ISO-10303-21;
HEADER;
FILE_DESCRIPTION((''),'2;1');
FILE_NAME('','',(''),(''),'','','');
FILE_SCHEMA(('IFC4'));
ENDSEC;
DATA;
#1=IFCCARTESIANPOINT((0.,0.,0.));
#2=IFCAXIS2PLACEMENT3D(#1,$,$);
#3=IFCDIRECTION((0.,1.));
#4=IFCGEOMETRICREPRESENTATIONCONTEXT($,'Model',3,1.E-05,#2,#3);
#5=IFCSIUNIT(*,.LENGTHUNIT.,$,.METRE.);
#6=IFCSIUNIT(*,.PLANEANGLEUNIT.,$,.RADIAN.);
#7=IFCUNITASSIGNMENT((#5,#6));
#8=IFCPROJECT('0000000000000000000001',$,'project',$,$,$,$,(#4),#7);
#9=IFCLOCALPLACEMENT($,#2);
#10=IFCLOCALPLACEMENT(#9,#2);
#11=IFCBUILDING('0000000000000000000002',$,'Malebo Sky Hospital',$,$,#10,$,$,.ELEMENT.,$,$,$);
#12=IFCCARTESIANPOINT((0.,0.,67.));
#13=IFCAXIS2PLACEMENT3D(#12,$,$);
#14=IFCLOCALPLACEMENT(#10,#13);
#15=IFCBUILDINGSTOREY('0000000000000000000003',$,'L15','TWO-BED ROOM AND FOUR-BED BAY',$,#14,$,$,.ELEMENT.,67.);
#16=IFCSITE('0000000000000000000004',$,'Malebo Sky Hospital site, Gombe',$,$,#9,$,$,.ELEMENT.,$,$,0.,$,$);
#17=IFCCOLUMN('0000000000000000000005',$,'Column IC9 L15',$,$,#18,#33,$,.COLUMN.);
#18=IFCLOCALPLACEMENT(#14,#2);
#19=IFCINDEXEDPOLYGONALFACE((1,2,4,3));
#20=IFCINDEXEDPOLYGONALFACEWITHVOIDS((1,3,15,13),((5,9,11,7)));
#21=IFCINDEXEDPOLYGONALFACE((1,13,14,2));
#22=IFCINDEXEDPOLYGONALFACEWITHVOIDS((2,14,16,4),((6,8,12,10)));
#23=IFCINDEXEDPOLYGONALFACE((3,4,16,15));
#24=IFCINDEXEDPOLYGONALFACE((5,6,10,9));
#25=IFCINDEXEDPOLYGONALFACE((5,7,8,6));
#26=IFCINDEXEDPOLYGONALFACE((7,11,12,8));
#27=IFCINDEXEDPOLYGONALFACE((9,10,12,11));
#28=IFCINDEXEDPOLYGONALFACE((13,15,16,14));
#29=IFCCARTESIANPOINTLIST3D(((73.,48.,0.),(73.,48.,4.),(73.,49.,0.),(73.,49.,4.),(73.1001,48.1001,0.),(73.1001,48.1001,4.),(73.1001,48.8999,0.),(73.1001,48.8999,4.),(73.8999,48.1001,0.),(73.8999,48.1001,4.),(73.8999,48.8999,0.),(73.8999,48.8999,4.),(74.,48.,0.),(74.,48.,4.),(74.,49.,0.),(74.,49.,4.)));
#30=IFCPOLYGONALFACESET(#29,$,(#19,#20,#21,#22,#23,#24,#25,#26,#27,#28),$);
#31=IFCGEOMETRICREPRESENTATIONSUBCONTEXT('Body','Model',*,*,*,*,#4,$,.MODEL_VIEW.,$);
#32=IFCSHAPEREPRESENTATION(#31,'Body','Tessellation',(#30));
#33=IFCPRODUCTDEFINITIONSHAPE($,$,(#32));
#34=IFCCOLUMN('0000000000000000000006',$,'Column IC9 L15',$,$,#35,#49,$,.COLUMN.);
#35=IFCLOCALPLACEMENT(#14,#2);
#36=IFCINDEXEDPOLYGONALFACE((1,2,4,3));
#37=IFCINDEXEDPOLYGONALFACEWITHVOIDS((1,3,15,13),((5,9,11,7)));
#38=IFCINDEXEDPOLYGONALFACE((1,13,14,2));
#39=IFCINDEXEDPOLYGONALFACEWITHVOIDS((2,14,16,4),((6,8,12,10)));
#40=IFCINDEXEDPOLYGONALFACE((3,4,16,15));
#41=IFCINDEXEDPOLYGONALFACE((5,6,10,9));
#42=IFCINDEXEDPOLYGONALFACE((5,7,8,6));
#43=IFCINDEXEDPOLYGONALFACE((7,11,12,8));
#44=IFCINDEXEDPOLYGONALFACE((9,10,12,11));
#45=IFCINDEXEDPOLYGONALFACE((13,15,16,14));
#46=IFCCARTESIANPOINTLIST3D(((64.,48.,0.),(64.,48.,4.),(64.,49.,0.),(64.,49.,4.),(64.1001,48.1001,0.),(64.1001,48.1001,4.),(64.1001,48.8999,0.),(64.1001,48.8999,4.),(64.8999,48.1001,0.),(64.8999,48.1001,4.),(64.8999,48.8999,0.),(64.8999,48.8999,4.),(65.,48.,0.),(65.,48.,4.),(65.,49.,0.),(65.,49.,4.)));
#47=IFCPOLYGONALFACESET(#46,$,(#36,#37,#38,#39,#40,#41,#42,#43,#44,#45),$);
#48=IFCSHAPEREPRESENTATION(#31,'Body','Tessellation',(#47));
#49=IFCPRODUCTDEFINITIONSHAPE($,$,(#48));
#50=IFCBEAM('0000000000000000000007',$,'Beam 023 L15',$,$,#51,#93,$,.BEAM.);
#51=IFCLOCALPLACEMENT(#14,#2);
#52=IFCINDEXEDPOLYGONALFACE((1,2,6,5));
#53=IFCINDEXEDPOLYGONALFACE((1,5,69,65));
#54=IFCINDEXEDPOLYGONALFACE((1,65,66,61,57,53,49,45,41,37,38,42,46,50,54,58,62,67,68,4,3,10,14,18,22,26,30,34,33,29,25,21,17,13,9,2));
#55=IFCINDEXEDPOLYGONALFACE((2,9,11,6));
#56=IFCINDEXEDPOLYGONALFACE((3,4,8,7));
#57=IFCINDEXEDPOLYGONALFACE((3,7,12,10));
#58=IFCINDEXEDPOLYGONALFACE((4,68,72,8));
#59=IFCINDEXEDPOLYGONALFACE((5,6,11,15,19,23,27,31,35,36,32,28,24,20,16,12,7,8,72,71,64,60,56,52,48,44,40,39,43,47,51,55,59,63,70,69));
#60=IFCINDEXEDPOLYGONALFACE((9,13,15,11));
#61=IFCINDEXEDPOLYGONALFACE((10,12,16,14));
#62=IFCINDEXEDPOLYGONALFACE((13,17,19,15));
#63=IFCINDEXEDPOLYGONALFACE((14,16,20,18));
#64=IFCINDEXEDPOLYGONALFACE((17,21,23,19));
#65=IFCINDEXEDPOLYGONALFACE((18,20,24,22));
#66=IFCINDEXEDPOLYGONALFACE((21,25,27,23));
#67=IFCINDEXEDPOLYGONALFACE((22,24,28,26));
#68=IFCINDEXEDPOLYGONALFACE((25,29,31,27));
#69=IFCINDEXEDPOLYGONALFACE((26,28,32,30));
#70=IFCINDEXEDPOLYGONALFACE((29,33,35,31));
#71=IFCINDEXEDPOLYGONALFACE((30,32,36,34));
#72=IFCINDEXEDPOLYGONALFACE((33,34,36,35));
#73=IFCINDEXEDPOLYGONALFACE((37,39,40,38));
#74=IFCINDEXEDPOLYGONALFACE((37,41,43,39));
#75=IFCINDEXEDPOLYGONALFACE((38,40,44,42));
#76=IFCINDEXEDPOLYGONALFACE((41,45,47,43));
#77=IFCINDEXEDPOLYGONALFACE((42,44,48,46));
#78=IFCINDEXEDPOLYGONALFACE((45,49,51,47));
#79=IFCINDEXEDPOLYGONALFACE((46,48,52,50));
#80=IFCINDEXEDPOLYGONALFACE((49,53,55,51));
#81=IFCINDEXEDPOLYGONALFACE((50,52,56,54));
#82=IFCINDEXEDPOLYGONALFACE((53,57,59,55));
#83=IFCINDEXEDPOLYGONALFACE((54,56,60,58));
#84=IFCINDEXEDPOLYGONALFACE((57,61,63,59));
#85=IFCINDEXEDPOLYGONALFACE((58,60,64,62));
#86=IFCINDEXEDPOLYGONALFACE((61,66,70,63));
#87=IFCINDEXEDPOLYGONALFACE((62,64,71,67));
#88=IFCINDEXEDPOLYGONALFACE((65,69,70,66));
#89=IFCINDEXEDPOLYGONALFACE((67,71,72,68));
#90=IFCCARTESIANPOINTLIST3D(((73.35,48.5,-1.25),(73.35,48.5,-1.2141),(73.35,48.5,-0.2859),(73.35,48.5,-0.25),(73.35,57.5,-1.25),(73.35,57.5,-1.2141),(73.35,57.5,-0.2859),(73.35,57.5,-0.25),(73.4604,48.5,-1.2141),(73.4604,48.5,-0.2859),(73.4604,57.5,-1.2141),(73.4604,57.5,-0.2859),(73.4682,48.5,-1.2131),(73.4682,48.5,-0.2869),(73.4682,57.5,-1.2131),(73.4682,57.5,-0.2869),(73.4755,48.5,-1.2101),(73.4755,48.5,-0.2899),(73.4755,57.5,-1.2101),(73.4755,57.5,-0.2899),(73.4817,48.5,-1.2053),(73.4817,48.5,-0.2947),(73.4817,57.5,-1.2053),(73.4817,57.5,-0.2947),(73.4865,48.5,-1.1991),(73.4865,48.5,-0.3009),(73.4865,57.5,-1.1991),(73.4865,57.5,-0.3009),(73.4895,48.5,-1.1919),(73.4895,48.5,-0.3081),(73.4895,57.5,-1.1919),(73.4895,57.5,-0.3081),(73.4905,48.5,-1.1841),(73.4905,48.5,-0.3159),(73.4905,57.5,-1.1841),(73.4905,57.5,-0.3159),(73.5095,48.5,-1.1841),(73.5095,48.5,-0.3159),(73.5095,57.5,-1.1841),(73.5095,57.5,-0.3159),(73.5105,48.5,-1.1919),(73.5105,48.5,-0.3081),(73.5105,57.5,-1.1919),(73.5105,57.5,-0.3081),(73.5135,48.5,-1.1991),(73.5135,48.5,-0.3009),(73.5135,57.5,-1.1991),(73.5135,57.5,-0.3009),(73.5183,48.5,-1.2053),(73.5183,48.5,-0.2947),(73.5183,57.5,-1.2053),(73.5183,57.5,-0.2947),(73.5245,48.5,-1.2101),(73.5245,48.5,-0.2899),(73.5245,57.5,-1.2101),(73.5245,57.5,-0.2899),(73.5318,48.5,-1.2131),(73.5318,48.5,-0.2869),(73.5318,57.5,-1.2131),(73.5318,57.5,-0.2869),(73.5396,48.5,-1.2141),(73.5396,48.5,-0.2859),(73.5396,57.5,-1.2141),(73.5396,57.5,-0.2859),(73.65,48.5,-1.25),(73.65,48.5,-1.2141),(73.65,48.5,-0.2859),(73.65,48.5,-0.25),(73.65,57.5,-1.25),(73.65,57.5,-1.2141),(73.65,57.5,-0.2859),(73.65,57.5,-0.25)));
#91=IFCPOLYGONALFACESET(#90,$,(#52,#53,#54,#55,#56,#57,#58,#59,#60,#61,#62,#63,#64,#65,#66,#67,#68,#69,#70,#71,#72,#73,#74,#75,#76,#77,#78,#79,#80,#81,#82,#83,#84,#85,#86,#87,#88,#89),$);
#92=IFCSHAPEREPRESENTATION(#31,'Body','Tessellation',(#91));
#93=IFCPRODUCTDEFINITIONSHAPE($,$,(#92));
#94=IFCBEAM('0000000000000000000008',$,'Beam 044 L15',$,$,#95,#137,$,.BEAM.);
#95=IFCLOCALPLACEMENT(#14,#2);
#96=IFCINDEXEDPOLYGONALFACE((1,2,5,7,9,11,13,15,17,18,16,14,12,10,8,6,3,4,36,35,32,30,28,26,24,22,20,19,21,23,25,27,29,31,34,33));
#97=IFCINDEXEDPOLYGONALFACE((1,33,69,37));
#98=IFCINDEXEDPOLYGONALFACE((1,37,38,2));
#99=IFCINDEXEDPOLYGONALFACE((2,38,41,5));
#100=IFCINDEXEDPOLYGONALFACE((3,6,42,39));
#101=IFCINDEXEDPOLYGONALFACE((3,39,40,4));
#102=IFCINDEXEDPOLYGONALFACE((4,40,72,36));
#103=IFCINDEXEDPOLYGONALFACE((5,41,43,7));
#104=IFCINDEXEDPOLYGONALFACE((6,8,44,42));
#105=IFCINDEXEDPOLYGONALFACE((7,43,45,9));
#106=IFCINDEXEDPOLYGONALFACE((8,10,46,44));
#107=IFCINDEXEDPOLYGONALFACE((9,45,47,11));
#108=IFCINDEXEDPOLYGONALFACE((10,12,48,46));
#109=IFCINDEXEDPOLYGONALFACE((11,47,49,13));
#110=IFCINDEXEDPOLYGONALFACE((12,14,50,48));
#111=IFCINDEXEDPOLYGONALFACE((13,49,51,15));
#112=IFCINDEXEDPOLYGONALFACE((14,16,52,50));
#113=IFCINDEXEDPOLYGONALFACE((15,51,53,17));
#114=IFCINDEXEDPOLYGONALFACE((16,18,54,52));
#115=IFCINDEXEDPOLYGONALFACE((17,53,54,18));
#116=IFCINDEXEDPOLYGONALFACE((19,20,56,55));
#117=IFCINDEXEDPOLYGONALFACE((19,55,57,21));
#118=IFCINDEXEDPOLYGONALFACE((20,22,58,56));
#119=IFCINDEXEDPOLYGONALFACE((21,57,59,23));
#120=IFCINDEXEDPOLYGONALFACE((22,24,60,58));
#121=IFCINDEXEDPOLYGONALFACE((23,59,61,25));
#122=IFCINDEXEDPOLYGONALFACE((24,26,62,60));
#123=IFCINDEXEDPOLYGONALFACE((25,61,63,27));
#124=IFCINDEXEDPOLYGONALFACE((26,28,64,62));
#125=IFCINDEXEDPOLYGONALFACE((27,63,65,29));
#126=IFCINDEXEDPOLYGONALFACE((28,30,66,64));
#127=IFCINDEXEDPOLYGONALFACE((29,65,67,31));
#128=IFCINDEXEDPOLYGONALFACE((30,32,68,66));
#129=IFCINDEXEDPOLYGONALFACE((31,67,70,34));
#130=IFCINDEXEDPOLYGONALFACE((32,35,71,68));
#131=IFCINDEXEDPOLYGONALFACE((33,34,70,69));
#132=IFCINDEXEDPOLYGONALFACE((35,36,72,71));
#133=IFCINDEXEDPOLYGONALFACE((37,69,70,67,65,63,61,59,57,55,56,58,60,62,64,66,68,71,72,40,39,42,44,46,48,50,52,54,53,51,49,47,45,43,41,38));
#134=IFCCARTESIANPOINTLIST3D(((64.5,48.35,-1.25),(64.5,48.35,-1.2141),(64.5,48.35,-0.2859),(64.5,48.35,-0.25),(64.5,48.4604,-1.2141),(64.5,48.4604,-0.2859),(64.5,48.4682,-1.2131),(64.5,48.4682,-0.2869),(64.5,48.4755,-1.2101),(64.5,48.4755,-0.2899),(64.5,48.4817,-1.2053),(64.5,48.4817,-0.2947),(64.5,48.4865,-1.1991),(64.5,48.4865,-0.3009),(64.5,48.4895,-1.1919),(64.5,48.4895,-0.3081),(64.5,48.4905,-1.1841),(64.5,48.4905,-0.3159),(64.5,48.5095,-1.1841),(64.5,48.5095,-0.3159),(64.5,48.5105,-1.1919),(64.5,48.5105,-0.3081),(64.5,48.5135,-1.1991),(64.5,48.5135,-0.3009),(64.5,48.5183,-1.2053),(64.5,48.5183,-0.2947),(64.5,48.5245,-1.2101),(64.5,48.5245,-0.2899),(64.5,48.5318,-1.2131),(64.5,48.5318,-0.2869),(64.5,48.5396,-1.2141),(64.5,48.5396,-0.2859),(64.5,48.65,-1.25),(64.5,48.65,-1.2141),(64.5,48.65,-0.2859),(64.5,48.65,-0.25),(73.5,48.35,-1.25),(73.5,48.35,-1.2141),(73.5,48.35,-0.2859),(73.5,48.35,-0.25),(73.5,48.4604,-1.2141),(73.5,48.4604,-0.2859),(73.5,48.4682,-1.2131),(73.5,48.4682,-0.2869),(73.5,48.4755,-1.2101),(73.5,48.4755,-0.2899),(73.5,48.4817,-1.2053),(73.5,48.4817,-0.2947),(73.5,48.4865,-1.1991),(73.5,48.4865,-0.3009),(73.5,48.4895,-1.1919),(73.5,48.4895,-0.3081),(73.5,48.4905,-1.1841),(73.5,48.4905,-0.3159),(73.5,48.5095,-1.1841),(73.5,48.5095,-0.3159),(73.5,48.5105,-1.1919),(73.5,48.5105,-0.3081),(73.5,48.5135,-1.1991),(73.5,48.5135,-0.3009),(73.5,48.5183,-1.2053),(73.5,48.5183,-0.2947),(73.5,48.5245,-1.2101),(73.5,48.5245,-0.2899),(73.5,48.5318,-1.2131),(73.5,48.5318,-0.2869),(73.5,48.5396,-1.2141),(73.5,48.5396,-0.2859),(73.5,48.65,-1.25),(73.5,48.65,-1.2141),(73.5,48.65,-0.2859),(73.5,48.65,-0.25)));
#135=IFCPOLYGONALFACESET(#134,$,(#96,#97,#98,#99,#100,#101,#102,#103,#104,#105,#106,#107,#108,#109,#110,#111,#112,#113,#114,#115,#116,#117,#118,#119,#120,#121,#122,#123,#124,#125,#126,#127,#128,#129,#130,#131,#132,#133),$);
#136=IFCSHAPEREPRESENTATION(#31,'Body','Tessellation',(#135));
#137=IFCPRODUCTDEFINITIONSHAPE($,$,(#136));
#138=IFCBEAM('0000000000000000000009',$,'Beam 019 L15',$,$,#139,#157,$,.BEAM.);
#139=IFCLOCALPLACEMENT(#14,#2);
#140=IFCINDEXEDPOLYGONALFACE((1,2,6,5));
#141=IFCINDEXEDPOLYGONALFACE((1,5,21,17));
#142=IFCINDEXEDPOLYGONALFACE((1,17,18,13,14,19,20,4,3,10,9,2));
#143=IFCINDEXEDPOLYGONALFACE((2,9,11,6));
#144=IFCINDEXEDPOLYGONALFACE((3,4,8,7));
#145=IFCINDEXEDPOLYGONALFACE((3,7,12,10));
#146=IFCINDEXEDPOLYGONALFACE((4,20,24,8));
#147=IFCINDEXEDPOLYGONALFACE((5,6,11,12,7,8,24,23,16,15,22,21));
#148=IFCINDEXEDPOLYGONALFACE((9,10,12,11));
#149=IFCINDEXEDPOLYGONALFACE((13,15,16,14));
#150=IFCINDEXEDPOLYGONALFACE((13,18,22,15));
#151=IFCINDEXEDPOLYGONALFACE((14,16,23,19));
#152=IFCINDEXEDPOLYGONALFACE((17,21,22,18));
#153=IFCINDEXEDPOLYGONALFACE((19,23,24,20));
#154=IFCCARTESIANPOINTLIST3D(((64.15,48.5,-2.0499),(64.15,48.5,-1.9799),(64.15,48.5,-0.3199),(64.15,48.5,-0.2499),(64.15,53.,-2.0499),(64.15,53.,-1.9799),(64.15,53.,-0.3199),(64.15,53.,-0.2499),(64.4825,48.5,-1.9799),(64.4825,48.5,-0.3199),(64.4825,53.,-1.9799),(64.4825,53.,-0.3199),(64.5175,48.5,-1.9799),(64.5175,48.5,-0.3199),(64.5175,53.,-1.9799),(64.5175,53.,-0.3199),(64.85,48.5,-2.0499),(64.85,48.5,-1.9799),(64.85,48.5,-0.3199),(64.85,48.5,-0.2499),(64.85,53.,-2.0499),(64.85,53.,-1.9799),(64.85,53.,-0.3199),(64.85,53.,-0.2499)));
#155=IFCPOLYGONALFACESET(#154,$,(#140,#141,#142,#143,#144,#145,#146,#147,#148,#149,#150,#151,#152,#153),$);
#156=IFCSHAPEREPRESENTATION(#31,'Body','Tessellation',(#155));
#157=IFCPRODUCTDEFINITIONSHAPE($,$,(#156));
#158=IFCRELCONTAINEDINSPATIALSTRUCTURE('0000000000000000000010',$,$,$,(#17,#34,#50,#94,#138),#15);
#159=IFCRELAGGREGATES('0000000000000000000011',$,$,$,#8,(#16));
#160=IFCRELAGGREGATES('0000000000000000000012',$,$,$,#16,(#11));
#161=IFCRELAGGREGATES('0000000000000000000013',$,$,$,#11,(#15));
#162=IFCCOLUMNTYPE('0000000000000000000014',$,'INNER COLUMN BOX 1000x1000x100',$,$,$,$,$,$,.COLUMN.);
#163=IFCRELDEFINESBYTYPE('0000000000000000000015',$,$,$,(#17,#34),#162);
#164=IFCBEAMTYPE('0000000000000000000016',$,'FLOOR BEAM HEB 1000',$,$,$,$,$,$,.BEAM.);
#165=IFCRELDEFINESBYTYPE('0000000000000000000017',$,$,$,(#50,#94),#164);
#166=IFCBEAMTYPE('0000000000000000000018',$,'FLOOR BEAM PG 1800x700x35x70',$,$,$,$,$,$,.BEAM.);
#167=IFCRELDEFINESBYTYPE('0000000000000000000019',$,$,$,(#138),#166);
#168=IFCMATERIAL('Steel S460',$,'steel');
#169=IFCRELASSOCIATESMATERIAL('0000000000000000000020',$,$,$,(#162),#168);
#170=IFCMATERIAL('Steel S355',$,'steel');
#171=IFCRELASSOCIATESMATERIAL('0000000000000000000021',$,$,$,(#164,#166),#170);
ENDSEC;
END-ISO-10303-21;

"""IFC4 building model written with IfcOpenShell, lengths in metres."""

from ifc_helpers import new_model, si_unit, direction, frame, origin, origin_2d, place, context, subcontext, project, spatial, hollow_rectangle, i_section, extrude, material, material_profile, profile_set, type_object, element, save


model = new_model("IFC4")

# Units and contexts
model_context = context("Model", 3, precision=1e-05, world=origin(), true_north=direction((0.0, 1.0)))
body_context = subcontext(model_context, "Body", "Model", "MODEL_VIEW")
ifc_project = project(units=[si_unit("LENGTHUNIT", "METRE"), si_unit("PLANEANGLEUNIT", "RADIAN")], contexts=[model_context])

# Site, building, storey
site_placement = place(None, origin())
site = spatial("IfcSite", under=ifc_project, at=site_placement, Name="Malebo Sky Hospital site, Gombe", CompositionType="ELEMENT", RefElevation=0.0)
building_placement = place(site_placement, origin())
building = spatial("IfcBuilding", under=site, at=building_placement, Name="Malebo Sky Hospital", CompositionType="ELEMENT")
storey_placement = place(building_placement, frame((0.0, 0.0, 67.0)))
storey = spatial("IfcBuildingStorey", under=building, at=storey_placement, Name="L15", Description="TWO-BED ROOM AND FOUR-BED BAY", CompositionType="ELEMENT", Elevation=67.0)

# Columns
ifc_material_1 = material(Name="Steel S460", Category="steel")
ifc_material_profile_1 = material_profile(ifc_material_1, hollow_rectangle(XDim=1.0, YDim=1.0, WallThickness=0.1001, at=origin_2d()), Name="BOX 1000x1000x100")
ifc_profile_set_1 = profile_set([ifc_material_profile_1], Name="Steel S460")
column_type = type_object("IfcColumnType", Name="INNER COLUMN BOX 1000x1000x100", PredefinedType="COLUMN", material=ifc_profile_set_1)
for number, where, z_axis, x_axis, name in (
    (1, (73.5, 48.5, 0.0), (0.0, 0.0, 1.0), (1.0, 0.0, 0.0), "Column IC9 L15"),
    (2, (64.5, 48.5, 0.0), (0.0, 0.0, 1.0), (1.0, 0.0, 0.0), "Column IC9 L15"),
):
    element("IfcColumn", number, at=place(storey_placement, frame(where, z_axis=z_axis, x_axis=x_axis)), inside=storey, type_object=column_type, Name=name, PredefinedType="COLUMN", context=body_context, shape_type="SweptSolid", body=[
        extrude(hollow_rectangle(XDim=1.0, YDim=1.0, WallThickness=0.1001, at=origin_2d()), origin(), (0.0, 0.0, 1.0), 4.0),
    ])

# Beams
ifc_material_2 = material(Name="Steel S355", Category="steel")
ifc_material_profile_2 = material_profile(ifc_material_2, i_section(OverallWidth=0.3, OverallDepth=1.0, WebThickness=0.019, FlangeThickness=0.0359, FilletRadius=0.03, at=origin_2d()), Name="HEB 1000")
ifc_profile_set_2 = profile_set([ifc_material_profile_2], Name="Steel S355")
beam_type_1 = type_object("IfcBeamType", Name="FLOOR BEAM HEB 1000", PredefinedType="BEAM", material=ifc_profile_set_2)
for number, where, z_axis, x_axis, name in (
    (3, (73.5, 48.5, -0.75), (0.0, 1.0, 0.0), (-1.0, 0.0, 0.0), "Beam 023 L15"),
    (4, (64.5, 48.5, -0.75), (1.0, 0.0, 0.0), (0.0, 1.0, 0.0), "Beam 044 L15"),
):
    element("IfcBeam", number, at=place(storey_placement, frame(where, z_axis=z_axis, x_axis=x_axis)), inside=storey, type_object=beam_type_1, Name=name, PredefinedType="BEAM", context=body_context, shape_type="SweptSolid", body=[
        extrude(i_section(OverallWidth=0.3, OverallDepth=1.0, WebThickness=0.019, FlangeThickness=0.0359, FilletRadius=0.03, at=origin_2d()), origin(), (0.0, 0.0, 1.0), 9.0),
    ])
ifc_material_profile_3 = material_profile(ifc_material_2, i_section(OverallWidth=0.7, OverallDepth=1.8, WebThickness=0.0349, FlangeThickness=0.0701, at=origin_2d()), Name="PG 1800x700x35x70")
ifc_profile_set_3 = profile_set([ifc_material_profile_3], Name="Steel S355")
beam_type_2 = type_object("IfcBeamType", Name="FLOOR BEAM PG 1800x700x35x70", PredefinedType="BEAM", material=ifc_profile_set_3)
beam_1_placement = place(storey_placement, frame((64.5, 48.5, -1.1499), z_axis=(0.0, 1.0, 0.0), x_axis=(-1.0, 0.0, 0.0)))
element("IfcBeam", 5, at=beam_1_placement, inside=storey, type_object=beam_type_2, Name="Beam 019 L15", PredefinedType="BEAM", context=body_context, shape_type="SweptSolid", body=[
    extrude(i_section(OverallWidth=0.7, OverallDepth=1.8, WebThickness=0.0349, FlangeThickness=0.0701, at=origin_2d()), origin(), (0.0, 0.0, 1.0), 4.5),
])

save(model, "model.ifc")
